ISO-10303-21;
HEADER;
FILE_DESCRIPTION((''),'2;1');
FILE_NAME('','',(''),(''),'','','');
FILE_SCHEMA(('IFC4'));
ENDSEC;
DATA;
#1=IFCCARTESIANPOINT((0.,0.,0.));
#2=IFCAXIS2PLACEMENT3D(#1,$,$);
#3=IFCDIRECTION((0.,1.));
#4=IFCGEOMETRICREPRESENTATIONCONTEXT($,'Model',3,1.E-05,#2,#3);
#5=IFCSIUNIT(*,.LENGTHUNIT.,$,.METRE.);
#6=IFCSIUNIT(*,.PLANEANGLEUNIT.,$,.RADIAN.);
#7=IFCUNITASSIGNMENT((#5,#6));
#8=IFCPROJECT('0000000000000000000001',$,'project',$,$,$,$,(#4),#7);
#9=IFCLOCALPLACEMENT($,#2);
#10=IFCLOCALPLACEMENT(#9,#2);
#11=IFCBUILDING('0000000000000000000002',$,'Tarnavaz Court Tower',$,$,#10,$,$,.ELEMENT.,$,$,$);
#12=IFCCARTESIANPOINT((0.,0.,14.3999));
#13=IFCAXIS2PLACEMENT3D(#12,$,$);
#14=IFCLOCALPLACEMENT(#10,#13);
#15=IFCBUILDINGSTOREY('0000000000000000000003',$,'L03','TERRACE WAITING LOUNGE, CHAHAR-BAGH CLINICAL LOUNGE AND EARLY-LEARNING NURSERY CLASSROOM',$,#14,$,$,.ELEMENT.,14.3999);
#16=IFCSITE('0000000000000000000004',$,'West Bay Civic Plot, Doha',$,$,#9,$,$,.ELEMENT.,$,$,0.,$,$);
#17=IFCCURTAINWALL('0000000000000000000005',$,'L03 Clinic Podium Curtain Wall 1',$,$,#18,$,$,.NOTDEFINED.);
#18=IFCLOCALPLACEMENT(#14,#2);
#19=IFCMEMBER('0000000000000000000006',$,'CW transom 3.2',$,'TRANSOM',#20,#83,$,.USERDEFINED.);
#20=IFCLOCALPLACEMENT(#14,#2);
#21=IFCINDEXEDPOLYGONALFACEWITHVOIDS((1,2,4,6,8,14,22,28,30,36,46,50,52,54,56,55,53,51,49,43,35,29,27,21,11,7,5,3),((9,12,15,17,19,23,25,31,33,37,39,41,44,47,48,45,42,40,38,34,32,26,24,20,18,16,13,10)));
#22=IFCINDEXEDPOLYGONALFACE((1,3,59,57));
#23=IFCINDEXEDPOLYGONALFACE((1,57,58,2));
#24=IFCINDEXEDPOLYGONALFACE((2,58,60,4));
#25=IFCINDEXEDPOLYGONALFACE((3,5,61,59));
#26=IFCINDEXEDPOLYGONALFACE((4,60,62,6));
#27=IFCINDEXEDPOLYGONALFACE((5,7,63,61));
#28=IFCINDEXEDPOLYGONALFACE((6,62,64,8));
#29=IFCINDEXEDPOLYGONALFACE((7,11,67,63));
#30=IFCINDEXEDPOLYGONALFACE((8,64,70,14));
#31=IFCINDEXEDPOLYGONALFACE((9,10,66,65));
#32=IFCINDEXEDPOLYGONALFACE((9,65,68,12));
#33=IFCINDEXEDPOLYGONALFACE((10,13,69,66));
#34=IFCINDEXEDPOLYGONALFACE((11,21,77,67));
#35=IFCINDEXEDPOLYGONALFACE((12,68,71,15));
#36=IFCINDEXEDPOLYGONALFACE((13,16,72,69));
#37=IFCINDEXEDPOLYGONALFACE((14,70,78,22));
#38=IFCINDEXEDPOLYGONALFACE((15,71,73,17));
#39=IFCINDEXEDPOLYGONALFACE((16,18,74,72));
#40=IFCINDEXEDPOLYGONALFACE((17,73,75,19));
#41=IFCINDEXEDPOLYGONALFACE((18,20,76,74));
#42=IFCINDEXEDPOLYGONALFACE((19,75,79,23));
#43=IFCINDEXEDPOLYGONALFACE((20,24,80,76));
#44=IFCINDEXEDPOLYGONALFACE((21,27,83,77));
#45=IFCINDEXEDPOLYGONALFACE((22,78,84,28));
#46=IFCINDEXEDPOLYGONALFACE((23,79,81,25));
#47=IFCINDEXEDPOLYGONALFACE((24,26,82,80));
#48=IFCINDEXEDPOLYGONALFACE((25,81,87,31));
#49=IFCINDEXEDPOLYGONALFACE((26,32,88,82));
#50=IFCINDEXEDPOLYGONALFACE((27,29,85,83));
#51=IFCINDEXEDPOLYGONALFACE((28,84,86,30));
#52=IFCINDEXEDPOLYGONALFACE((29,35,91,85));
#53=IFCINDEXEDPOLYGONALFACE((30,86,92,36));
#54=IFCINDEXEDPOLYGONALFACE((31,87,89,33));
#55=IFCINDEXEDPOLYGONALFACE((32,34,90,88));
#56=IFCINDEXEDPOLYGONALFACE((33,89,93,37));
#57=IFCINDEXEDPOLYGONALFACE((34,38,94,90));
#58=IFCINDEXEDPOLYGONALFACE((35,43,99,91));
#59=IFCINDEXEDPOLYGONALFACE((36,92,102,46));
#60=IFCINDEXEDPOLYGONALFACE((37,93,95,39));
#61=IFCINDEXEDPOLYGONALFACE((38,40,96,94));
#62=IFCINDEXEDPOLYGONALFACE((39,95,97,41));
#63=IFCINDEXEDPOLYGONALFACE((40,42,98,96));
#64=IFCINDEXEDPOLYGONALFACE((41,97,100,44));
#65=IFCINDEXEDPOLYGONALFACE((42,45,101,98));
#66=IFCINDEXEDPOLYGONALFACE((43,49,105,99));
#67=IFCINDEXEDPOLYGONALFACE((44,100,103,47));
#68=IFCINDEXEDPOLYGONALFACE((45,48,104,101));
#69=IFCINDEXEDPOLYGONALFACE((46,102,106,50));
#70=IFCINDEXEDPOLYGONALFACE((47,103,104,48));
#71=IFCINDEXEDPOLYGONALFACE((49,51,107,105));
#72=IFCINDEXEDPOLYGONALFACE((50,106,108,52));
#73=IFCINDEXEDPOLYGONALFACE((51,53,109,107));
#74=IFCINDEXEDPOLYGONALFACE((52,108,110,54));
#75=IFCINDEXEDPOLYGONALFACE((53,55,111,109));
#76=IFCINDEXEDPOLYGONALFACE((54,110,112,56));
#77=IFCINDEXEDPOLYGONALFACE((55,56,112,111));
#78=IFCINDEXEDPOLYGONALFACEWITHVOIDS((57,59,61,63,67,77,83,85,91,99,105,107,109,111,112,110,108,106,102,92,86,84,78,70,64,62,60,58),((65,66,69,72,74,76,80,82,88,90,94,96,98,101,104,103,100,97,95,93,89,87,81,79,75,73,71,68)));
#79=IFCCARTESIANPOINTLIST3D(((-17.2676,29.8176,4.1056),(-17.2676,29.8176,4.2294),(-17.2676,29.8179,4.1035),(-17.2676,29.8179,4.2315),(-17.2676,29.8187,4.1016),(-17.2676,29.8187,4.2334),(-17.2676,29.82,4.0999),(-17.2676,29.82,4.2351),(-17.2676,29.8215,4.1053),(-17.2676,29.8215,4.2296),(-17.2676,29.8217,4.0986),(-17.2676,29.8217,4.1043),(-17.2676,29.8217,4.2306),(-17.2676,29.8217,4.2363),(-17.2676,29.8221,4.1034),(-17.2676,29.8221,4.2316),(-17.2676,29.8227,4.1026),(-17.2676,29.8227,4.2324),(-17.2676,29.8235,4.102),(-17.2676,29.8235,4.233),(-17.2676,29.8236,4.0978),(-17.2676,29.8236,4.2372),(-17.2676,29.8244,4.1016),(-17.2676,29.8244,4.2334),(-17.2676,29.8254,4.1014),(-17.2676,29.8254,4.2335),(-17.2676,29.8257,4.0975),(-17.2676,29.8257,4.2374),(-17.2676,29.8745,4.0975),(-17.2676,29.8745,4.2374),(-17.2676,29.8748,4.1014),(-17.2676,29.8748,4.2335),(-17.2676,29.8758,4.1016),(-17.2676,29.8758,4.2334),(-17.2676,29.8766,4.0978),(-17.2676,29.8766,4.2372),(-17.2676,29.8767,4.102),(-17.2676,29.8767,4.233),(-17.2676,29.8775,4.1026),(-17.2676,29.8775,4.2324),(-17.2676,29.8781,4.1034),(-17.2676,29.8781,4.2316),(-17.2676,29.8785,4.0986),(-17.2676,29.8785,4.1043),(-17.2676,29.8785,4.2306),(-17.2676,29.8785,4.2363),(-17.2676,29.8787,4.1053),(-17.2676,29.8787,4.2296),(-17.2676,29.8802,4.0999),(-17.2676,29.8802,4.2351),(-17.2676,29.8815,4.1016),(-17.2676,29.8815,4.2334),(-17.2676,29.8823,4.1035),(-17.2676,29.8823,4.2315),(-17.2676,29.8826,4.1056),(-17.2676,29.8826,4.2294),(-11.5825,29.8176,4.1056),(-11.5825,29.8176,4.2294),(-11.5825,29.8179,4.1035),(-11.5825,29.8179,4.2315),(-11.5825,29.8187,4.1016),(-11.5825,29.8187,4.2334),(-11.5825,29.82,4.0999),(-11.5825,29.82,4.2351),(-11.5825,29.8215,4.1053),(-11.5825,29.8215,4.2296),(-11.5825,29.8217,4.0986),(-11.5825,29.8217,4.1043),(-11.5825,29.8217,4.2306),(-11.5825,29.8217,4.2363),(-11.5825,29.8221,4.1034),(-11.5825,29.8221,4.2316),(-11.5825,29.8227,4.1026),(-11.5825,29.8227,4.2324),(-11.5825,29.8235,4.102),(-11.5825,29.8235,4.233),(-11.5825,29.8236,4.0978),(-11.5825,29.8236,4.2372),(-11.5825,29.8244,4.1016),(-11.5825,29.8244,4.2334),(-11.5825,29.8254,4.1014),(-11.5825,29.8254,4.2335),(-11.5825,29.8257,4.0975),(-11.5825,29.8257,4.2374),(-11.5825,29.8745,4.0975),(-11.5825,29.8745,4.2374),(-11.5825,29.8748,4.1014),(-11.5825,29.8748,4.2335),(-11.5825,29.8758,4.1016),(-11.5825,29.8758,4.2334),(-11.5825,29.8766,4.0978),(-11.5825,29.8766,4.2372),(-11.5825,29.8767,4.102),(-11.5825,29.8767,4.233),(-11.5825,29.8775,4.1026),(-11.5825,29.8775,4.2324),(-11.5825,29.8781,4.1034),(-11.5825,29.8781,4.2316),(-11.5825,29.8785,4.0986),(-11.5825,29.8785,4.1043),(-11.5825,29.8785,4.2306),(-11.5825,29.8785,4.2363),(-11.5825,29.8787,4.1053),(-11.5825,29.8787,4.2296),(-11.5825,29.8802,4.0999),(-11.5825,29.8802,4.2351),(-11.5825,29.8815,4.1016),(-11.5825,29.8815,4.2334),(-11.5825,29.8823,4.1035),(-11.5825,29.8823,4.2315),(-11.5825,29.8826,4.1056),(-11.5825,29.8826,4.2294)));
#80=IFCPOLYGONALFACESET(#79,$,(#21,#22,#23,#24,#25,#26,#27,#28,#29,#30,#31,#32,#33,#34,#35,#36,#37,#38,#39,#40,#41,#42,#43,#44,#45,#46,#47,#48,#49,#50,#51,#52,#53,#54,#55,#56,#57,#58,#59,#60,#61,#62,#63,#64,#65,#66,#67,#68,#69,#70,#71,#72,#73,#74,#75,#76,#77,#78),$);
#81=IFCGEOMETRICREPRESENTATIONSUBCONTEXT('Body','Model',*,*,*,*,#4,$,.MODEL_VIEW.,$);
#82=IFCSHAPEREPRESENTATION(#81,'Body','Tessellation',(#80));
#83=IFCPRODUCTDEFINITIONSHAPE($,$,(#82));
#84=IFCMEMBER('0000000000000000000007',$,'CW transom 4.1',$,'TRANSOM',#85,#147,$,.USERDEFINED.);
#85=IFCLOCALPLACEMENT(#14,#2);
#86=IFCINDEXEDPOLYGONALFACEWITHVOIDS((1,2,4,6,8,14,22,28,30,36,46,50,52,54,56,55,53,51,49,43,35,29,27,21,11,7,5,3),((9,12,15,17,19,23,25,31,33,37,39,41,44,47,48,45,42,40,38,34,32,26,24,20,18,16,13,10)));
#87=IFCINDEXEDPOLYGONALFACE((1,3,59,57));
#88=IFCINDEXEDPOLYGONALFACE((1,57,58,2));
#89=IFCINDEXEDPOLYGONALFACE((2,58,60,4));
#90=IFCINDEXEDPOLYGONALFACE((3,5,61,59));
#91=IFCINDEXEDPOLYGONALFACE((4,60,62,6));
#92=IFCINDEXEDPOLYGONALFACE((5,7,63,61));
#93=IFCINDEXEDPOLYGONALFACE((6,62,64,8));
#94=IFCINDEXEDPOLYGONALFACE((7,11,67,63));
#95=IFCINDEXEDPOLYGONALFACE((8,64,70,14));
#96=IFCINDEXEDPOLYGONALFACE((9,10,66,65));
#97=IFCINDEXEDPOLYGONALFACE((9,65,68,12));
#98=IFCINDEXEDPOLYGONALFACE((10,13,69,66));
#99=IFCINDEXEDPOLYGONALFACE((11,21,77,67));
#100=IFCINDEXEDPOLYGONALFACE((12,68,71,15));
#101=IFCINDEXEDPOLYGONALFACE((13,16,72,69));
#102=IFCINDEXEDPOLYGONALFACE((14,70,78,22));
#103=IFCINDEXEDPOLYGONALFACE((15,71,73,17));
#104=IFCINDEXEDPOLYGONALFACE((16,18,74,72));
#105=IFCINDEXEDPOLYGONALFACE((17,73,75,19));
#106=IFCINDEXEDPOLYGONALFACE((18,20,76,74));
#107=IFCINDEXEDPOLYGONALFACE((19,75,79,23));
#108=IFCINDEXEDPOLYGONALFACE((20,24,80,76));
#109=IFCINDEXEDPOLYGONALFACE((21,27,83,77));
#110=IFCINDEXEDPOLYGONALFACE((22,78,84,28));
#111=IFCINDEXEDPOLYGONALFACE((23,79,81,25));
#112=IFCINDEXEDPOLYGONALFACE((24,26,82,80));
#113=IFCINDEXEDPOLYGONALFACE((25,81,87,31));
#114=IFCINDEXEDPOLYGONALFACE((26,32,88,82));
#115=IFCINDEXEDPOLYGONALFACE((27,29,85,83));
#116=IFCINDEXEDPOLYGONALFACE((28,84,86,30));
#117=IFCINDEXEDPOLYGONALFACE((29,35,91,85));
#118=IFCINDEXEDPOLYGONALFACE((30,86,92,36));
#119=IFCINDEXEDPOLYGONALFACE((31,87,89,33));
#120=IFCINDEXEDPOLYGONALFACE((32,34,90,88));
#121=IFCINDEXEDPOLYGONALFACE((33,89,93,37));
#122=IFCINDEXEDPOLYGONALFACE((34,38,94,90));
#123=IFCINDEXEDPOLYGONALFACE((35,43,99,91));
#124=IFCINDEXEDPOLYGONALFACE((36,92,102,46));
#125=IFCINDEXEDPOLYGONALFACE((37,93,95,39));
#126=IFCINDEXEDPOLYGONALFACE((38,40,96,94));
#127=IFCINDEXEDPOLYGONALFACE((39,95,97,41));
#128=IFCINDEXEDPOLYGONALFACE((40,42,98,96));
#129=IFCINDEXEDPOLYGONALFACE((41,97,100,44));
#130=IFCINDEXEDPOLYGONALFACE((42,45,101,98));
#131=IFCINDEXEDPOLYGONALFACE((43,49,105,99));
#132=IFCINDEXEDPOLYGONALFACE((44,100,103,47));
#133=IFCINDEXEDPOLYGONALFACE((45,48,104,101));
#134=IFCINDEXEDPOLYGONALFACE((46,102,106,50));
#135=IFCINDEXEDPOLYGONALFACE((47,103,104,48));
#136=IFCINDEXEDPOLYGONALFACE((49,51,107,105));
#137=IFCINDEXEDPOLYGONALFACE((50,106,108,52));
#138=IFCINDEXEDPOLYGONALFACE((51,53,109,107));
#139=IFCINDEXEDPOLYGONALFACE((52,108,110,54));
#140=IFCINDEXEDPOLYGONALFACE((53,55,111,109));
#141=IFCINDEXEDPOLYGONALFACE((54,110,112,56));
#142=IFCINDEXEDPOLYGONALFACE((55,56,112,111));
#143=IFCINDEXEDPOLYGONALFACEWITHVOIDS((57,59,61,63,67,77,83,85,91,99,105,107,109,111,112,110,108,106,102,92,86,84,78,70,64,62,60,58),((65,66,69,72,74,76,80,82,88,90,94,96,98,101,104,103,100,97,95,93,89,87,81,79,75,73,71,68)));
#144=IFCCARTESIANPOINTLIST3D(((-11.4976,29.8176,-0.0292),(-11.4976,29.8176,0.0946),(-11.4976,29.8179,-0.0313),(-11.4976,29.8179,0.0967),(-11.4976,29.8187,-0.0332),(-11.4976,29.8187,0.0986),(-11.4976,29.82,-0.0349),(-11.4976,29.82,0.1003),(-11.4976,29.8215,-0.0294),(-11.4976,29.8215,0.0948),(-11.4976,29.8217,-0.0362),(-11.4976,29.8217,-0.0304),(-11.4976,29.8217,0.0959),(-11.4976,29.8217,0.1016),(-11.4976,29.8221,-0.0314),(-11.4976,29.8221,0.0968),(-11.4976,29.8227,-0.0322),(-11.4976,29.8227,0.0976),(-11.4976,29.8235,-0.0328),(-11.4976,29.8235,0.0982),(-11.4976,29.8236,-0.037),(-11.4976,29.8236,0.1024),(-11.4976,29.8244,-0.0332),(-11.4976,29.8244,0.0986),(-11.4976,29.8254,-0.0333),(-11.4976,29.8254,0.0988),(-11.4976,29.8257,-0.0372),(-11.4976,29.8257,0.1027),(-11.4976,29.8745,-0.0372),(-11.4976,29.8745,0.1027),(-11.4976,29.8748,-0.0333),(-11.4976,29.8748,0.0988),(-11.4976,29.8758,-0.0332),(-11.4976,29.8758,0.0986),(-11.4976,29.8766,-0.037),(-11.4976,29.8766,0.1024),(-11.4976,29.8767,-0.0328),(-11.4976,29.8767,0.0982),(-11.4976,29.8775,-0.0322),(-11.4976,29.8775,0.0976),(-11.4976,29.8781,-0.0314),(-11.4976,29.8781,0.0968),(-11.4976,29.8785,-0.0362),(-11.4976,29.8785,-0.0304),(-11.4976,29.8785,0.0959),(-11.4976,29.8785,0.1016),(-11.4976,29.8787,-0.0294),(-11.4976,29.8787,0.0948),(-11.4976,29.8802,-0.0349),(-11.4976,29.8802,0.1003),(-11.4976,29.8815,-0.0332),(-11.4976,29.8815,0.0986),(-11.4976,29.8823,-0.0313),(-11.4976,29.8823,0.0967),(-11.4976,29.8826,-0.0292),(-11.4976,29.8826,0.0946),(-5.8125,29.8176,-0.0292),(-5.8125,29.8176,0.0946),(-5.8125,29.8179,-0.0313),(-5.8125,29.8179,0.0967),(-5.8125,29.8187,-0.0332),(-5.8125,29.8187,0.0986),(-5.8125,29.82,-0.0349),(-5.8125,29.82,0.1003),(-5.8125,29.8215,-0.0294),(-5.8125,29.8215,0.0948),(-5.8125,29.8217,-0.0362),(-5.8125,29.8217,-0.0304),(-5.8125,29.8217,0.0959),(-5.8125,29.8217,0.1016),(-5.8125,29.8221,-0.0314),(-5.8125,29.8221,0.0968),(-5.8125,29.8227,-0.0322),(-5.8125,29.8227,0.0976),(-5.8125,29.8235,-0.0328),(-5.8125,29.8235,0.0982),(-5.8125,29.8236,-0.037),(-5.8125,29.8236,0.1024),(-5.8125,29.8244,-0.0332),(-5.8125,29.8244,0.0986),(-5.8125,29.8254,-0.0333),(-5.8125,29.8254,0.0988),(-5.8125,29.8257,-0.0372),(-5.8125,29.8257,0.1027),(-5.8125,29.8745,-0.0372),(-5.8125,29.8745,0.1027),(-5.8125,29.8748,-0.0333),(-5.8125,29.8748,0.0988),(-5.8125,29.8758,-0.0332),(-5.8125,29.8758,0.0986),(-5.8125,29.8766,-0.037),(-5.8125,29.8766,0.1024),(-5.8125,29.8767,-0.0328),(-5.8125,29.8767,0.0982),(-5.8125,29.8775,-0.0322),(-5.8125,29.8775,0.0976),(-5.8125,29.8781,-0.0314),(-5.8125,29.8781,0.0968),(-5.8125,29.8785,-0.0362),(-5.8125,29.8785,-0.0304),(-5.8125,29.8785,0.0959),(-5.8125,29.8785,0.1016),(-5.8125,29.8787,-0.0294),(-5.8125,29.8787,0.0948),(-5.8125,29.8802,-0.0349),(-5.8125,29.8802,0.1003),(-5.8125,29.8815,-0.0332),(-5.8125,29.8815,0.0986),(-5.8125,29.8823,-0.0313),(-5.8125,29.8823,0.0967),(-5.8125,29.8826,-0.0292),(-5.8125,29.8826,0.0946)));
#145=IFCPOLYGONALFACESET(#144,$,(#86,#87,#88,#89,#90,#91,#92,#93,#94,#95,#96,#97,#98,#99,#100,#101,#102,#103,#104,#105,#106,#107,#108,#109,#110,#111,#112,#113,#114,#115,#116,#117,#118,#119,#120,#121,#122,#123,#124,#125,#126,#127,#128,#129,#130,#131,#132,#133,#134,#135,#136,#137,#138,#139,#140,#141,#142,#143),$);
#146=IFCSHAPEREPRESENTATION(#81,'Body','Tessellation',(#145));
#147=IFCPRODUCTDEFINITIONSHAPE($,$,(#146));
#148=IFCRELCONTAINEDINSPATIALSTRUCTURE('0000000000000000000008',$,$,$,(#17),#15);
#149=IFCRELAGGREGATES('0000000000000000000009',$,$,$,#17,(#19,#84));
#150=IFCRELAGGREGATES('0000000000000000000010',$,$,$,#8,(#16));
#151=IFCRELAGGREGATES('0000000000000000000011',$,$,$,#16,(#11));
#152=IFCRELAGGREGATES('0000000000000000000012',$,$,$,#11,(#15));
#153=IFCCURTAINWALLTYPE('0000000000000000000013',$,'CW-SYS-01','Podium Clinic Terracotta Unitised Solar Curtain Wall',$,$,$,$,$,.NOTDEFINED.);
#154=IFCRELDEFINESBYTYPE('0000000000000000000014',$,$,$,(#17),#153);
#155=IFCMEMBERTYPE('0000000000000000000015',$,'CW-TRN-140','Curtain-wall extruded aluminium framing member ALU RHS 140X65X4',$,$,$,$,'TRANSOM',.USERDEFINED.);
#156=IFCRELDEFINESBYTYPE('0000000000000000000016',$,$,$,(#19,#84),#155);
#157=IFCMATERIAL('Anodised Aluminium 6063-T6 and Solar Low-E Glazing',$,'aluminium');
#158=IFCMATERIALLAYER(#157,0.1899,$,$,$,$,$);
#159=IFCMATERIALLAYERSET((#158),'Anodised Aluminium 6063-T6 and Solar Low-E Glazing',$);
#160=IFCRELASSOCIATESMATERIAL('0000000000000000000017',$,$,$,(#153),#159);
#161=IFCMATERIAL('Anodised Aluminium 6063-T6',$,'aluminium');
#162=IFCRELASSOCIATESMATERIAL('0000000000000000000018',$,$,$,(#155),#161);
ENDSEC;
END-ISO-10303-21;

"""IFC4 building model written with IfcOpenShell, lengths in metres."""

from ifc_helpers import new_model, si_unit, direction, frame, origin, origin_2d, place, context, subcontext, project, spatial, hollow_rectangle, extrude, material, layer, layer_set, material_profile, profile_set, type_object, element, aggregate, save


model = new_model("IFC4")

# Units and contexts
model_context = context("Model", 3, precision=1e-05, world=origin(), true_north=direction((0.0, 1.0)))
body_context = subcontext(model_context, "Body", "Model", "MODEL_VIEW")
ifc_project = project(units=[si_unit("LENGTHUNIT", "METRE"), si_unit("PLANEANGLEUNIT", "RADIAN")], contexts=[model_context])

# Site, building, storey
site_placement = place(None, origin())
site = spatial("IfcSite", under=ifc_project, at=site_placement, Name="West Bay Civic Plot, Doha", CompositionType="ELEMENT", RefElevation=0.0)
building_placement = place(site_placement, origin())
building = spatial("IfcBuilding", under=site, at=building_placement, Name="Tarnavaz Court Tower", CompositionType="ELEMENT")
storey_placement = place(building_placement, frame((0.0, 0.0, 14.3999)))
storey = spatial("IfcBuildingStorey", under=building, at=storey_placement, Name="L03", Description="TERRACE WAITING LOUNGE, CHAHAR-BAGH CLINICAL LOUNGE AND EARLY-LEARNING NURSERY CLASSROOM", CompositionType="ELEMENT", Elevation=14.3999)

# Curtain wall, members
ifc_material_1 = material(Name="Anodised Aluminium 6063-T6 and Solar Low-E Glazing", Category="aluminium")
ifc_layer_1 = layer(ifc_material_1, 0.1899)
ifc_layer_set_1 = layer_set([ifc_layer_1], Name="Anodised Aluminium 6063-T6 and Solar Low-E Glazing")
curtain_wall_type = type_object("IfcCurtainWallType", Name="CW-SYS-01", Description="Podium Clinic Terracotta Unitised Solar Curtain Wall", PredefinedType="NOTDEFINED", material=ifc_layer_set_1)
curtain_wall_placement = place(storey_placement, origin())
curtain_wall = element("IfcCurtainWall", 1, at=curtain_wall_placement, inside=storey, type_object=curtain_wall_type, Name="L03 Clinic Podium Curtain Wall 1", PredefinedType="NOTDEFINED")
ifc_material_2 = material(Name="Anodised Aluminium 6063-T6", Category="aluminium")
ifc_material_profile_1 = material_profile(ifc_material_2, hollow_rectangle(XDim=0.0649, YDim=0.1399, WallThickness=0.0039, InnerFilletRadius=0.0039, OuterFilletRadius=0.0081, at=origin_2d()), Name="ALU RHS 140X65X4")
ifc_profile_set_1 = profile_set([ifc_material_profile_1], Name="Anodised Aluminium 6063-T6")
member_type_1 = type_object("IfcMemberType", Name="CW-TRN-140", Description="Curtain-wall extruded aluminium framing member ALU RHS 140X65X4", ElementType="TRANSOM", PredefinedType="USERDEFINED", material=ifc_profile_set_1)
member_1_placement = place(storey_placement, frame((-17.2676, 29.8501, 4.1675), z_axis=(1.0, 0.0, 0.0), x_axis=(0.0, 1.0, 0.0)))
member_1 = element("IfcMember", 2, at=member_1_placement, type_object=member_type_1, Name="CW transom 3.2", ObjectType="TRANSOM", PredefinedType="USERDEFINED", context=body_context, shape_type="SweptSolid", body=[
    extrude(hollow_rectangle(XDim=0.0649, YDim=0.1399, WallThickness=0.0039, InnerFilletRadius=0.0039, OuterFilletRadius=0.0081, at=origin_2d()), origin(), (0.0, 0.0, 1.0), 5.6851),
])
member_2_placement = place(storey_placement, frame((-11.4976, 29.8501, 0.0327), z_axis=(1.0, 0.0, 0.0), x_axis=(0.0, 1.0, 0.0)))
member_2 = element("IfcMember", 3, at=member_2_placement, type_object=member_type_1, Name="CW transom 4.1", ObjectType="TRANSOM", PredefinedType="USERDEFINED", context=body_context, shape_type="SweptSolid", body=[
    extrude(hollow_rectangle(XDim=0.0649, YDim=0.1399, WallThickness=0.0039, InnerFilletRadius=0.0039, OuterFilletRadius=0.0081, at=origin_2d()), origin(), (0.0, 0.0, 1.0), 5.6851),
])
aggregate(curtain_wall, [member_1, member_2])

save(model, "model.ifc")
